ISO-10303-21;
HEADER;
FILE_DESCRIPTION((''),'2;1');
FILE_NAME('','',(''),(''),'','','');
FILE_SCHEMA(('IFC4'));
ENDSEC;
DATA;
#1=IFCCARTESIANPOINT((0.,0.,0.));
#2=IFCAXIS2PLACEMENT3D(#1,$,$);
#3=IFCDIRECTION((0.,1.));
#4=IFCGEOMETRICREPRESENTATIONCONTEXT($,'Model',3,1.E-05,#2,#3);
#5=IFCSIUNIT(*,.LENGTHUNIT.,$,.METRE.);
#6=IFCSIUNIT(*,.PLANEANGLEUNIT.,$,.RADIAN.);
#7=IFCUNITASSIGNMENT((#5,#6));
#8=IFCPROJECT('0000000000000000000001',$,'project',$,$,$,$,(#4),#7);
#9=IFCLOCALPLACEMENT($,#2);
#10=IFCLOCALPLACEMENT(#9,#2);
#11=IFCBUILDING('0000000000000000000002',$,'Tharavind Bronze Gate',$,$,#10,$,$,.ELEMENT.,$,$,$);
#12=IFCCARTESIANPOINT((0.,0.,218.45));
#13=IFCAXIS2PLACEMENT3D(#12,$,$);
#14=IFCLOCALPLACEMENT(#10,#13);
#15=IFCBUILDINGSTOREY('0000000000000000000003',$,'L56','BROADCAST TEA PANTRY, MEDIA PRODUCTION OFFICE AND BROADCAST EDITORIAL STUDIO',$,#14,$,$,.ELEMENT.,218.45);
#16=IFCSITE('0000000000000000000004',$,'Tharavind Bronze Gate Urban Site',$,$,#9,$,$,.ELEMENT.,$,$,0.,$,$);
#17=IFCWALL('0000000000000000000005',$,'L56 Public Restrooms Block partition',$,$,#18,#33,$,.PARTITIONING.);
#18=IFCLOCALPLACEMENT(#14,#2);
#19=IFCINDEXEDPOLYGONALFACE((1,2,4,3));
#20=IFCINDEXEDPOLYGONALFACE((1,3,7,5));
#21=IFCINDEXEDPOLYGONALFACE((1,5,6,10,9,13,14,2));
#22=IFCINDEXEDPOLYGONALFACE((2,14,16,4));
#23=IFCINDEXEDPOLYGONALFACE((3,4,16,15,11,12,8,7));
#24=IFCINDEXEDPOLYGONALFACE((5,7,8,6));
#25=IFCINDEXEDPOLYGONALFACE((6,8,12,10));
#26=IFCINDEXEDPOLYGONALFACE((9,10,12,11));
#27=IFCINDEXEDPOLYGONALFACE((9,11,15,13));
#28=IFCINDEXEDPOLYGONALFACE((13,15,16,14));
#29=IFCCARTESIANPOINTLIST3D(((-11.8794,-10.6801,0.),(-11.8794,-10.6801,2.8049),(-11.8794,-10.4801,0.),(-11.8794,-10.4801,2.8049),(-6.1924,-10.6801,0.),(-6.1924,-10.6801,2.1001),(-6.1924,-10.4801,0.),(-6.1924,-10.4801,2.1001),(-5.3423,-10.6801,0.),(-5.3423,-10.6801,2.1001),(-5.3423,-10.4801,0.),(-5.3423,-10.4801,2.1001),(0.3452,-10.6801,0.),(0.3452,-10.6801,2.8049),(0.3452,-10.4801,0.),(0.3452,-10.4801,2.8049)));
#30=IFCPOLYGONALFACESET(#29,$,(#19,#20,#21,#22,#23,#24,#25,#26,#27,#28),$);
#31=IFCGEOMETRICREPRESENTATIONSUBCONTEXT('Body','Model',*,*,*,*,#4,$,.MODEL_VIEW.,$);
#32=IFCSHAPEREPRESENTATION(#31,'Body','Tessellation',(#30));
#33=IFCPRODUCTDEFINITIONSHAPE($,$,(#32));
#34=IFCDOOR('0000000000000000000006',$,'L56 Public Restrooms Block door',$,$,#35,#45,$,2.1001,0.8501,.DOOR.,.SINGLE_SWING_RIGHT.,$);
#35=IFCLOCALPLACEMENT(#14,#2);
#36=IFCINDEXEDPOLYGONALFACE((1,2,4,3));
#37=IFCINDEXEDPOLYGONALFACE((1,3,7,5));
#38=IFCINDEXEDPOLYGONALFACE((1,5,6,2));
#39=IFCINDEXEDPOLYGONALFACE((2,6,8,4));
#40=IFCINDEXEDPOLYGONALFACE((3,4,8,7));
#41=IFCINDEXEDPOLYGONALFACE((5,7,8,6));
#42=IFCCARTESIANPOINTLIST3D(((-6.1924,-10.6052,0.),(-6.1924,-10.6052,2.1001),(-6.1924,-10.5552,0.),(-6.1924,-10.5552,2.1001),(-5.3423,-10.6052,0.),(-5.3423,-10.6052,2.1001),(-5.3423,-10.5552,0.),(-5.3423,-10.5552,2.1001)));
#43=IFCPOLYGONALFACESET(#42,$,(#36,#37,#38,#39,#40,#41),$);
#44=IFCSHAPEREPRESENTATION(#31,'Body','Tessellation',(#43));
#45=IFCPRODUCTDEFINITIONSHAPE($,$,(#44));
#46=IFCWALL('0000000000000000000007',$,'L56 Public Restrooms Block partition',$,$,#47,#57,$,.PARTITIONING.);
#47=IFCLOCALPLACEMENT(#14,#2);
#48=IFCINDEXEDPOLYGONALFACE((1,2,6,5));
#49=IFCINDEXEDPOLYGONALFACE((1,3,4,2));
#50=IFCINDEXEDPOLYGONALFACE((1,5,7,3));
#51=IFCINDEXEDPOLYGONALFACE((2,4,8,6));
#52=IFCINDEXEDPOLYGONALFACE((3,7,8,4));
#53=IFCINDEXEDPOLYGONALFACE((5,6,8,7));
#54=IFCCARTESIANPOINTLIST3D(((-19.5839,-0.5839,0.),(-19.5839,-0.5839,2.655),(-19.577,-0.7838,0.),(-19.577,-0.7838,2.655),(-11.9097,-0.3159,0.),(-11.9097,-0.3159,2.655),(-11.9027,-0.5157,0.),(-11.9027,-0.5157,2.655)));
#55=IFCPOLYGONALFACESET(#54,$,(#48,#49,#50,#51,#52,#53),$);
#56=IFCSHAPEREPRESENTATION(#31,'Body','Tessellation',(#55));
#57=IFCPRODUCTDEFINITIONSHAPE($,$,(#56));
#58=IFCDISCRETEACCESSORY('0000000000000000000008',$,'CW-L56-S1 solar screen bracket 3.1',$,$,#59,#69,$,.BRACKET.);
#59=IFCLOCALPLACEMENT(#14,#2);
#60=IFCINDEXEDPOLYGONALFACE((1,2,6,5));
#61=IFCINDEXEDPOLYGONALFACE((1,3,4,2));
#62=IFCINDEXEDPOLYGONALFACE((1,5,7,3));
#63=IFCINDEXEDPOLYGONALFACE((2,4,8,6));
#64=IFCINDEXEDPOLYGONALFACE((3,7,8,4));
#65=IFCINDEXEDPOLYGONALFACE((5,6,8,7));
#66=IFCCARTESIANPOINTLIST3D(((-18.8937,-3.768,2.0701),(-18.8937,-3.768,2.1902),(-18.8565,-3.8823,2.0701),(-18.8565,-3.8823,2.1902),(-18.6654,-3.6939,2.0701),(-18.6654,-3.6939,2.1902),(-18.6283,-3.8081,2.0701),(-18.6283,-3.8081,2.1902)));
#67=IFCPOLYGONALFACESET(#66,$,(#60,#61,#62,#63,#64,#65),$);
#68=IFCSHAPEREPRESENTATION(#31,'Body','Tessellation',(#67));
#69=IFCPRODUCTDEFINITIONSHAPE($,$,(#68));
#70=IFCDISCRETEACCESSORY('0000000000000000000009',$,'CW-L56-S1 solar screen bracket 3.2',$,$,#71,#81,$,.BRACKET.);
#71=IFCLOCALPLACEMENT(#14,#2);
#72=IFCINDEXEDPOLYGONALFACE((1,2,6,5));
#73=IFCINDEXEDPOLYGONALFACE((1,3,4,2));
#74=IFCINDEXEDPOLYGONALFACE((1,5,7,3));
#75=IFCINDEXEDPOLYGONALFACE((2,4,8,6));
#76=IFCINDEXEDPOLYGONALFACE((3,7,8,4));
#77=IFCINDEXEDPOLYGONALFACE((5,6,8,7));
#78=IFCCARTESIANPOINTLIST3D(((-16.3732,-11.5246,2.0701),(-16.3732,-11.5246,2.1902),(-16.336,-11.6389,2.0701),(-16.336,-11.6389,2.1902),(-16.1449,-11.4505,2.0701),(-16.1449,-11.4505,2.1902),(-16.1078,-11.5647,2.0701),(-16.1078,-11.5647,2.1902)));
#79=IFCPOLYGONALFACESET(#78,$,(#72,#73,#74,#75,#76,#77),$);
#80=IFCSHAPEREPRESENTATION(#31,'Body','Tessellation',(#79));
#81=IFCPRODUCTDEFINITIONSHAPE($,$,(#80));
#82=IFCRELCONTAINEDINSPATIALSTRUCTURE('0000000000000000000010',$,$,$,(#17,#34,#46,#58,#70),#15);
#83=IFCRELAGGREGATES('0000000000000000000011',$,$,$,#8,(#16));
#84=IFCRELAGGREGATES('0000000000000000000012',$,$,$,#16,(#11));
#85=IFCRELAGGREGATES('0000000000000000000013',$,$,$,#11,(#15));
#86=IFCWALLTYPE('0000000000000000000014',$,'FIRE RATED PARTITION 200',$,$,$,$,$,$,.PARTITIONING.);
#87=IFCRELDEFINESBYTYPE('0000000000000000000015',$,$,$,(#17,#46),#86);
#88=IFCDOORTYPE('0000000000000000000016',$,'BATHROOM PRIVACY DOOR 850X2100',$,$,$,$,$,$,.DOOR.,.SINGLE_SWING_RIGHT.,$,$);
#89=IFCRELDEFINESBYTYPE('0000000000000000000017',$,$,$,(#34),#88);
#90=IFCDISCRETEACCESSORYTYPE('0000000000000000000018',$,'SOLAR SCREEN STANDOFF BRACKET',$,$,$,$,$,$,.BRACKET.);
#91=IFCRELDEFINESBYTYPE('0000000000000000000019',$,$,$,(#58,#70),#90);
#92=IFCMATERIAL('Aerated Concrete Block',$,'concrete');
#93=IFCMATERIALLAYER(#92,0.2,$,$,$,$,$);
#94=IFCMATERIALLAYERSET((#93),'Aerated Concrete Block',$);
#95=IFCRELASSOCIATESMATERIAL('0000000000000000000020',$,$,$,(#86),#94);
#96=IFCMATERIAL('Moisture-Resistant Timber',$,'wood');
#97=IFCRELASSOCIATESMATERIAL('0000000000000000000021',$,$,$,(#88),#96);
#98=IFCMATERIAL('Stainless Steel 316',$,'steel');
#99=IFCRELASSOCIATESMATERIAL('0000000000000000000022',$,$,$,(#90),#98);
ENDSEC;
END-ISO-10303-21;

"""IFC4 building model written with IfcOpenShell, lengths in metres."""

from ifc_helpers import new_model, si_unit, direction, frame, frame_2d, origin, origin_2d, place, context, subcontext, project, spatial, rectangle, extrude, material, layer, layer_set, type_object, element, fill, save


model = new_model("IFC4")

# Units and contexts
model_context = context("Model", 3, precision=1e-05, world=origin(), true_north=direction((0.0, 1.0)))
body_context = subcontext(model_context, "Body", "Model", "MODEL_VIEW")
ifc_project = project(units=[si_unit("LENGTHUNIT", "METRE"), si_unit("PLANEANGLEUNIT", "RADIAN")], contexts=[model_context])

# Site, building, storey
site_placement = place(None, origin())
site = spatial("IfcSite", under=ifc_project, at=site_placement, Name="Tharavind Bronze Gate Urban Site", CompositionType="ELEMENT", RefElevation=0.0)
building_placement = place(site_placement, origin())
building = spatial("IfcBuilding", under=site, at=building_placement, Name="Tharavind Bronze Gate", CompositionType="ELEMENT")
storey_placement = place(building_placement, frame((0.0, 0.0, 218.45)))
storey = spatial("IfcBuildingStorey", under=building, at=storey_placement, Name="L56", Description="BROADCAST TEA PANTRY, MEDIA PRODUCTION OFFICE AND BROADCAST EDITORIAL STUDIO", CompositionType="ELEMENT", Elevation=218.45)

# Shared definitions
ifc_material_1 = material(Name="Aerated Concrete Block", Category="concrete")
ifc_layer_1 = layer(ifc_material_1, 0.2)
ifc_layer_set_1 = layer_set([ifc_layer_1], Name="Aerated Concrete Block")
wall_type = type_object("IfcWallType", Name="FIRE RATED PARTITION 200", PredefinedType="PARTITIONING", material=ifc_layer_set_1)

# Wall, opening, door
wall_1_placement = place(storey_placement, frame((-11.8794, -10.5801, 0.0), z_axis=(0.0, 0.0, 1.0), x_axis=(1.0, 0.0, 0.0)))
wall_1 = element("IfcWall", 1, at=wall_1_placement, inside=storey, type_object=wall_type, Name="L56 Public Restrooms Block partition", PredefinedType="PARTITIONING", context=body_context, shape_type="SweptSolid", body=[
    extrude(rectangle(XDim=12.2246, YDim=0.2, at=frame_2d((6.1123, 0.0))), origin(), (0.0, 0.0, 1.0), 2.8049),
])
opening_1_placement = place(wall_1_placement, frame((5.687, 0.0, 0.0)))
opening_1 = element("IfcOpeningElement", 2, at=opening_1_placement, cuts=wall_1, PredefinedType="OPENING", context=body_context, shape_type="SweptSolid", body=[
    extrude(rectangle(XDim=0.8501, YDim=2.1001, at=frame_2d((0.425, 1.05))), frame((0.0, 0.1101, 0.0), z_axis=(0.0, -1.0, 0.0), x_axis=(1.0, 0.0, 0.0)), (0.0, 0.0, 1.0), 0.22),
])
ifc_material_2 = material(Name="Moisture-Resistant Timber", Category="wood")
door_type_1 = type_object("IfcDoorType", Name="BATHROOM PRIVACY DOOR 850X2100", OperationType="SINGLE_SWING_RIGHT", PredefinedType="DOOR", material=ifc_material_2)
door_1_placement = place(opening_1_placement, origin())
door_1 = element("IfcDoor", 3, at=door_1_placement, inside=storey, type_object=door_type_1, Name="L56 Public Restrooms Block door", OperationType="SINGLE_SWING_RIGHT", OverallHeight=2.1001, OverallWidth=0.8501, PredefinedType="DOOR", context=body_context, shape_type="SweptSolid", body=[
    extrude(rectangle(XDim=0.8501, YDim=2.1001, at=frame_2d((0.425, 1.05))), frame((0.0, 0.0249, 0.0), z_axis=(0.0, -1.0, 0.0), x_axis=(1.0, 0.0, 0.0)), (0.0, 0.0, 1.0), 0.05),
])
fill(opening_1, door_1)

# Wall
wall_2_placement = place(storey_placement, frame((-19.5803, -0.6838, 0.0), z_axis=(0.0, 0.0, 1.0), x_axis=(0.99939, 0.034909, 0.0)))
element("IfcWall", 4, at=wall_2_placement, inside=storey, type_object=wall_type, Name="L56 Public Restrooms Block partition", PredefinedType="PARTITIONING", context=body_context, shape_type="SweptSolid", body=[
    extrude(rectangle(XDim=7.679, YDim=0.2, at=frame_2d((3.8394, 0.0))), origin(), (0.0, 0.0, 1.0), 2.655),
])

# Discrete accessories
ifc_material_3 = material(Name="Stainless Steel 316", Category="steel")
discrete_accessory_type = type_object("IfcDiscreteAccessoryType", Name="SOLAR SCREEN STANDOFF BRACKET", PredefinedType="BRACKET", material=ifc_material_3)
for number, where, z_axis, x_axis, name in (
    (5, (-18.761, -3.7881, 2.0701), (0.0, 0.0, 1.0), (0.309017, -0.951057, 0.0), "CW-L56-S1 solar screen bracket 3.1"),
    (6, (-16.2405, -11.5447, 2.0701), (0.0, 0.0, 1.0), (0.309017, -0.951057, 0.0), "CW-L56-S1 solar screen bracket 3.2"),
):
    element("IfcDiscreteAccessory", number, at=place(storey_placement, frame(where, z_axis=z_axis, x_axis=x_axis)), inside=storey, type_object=discrete_accessory_type, Name=name, PredefinedType="BRACKET", context=body_context, shape_type="SweptSolid", body=[
        extrude(rectangle(XDim=0.1201, YDim=0.24, at=origin_2d()), origin(), (0.0, 0.0, 1.0), 0.1201),
    ])

save(model, "model.ifc")
